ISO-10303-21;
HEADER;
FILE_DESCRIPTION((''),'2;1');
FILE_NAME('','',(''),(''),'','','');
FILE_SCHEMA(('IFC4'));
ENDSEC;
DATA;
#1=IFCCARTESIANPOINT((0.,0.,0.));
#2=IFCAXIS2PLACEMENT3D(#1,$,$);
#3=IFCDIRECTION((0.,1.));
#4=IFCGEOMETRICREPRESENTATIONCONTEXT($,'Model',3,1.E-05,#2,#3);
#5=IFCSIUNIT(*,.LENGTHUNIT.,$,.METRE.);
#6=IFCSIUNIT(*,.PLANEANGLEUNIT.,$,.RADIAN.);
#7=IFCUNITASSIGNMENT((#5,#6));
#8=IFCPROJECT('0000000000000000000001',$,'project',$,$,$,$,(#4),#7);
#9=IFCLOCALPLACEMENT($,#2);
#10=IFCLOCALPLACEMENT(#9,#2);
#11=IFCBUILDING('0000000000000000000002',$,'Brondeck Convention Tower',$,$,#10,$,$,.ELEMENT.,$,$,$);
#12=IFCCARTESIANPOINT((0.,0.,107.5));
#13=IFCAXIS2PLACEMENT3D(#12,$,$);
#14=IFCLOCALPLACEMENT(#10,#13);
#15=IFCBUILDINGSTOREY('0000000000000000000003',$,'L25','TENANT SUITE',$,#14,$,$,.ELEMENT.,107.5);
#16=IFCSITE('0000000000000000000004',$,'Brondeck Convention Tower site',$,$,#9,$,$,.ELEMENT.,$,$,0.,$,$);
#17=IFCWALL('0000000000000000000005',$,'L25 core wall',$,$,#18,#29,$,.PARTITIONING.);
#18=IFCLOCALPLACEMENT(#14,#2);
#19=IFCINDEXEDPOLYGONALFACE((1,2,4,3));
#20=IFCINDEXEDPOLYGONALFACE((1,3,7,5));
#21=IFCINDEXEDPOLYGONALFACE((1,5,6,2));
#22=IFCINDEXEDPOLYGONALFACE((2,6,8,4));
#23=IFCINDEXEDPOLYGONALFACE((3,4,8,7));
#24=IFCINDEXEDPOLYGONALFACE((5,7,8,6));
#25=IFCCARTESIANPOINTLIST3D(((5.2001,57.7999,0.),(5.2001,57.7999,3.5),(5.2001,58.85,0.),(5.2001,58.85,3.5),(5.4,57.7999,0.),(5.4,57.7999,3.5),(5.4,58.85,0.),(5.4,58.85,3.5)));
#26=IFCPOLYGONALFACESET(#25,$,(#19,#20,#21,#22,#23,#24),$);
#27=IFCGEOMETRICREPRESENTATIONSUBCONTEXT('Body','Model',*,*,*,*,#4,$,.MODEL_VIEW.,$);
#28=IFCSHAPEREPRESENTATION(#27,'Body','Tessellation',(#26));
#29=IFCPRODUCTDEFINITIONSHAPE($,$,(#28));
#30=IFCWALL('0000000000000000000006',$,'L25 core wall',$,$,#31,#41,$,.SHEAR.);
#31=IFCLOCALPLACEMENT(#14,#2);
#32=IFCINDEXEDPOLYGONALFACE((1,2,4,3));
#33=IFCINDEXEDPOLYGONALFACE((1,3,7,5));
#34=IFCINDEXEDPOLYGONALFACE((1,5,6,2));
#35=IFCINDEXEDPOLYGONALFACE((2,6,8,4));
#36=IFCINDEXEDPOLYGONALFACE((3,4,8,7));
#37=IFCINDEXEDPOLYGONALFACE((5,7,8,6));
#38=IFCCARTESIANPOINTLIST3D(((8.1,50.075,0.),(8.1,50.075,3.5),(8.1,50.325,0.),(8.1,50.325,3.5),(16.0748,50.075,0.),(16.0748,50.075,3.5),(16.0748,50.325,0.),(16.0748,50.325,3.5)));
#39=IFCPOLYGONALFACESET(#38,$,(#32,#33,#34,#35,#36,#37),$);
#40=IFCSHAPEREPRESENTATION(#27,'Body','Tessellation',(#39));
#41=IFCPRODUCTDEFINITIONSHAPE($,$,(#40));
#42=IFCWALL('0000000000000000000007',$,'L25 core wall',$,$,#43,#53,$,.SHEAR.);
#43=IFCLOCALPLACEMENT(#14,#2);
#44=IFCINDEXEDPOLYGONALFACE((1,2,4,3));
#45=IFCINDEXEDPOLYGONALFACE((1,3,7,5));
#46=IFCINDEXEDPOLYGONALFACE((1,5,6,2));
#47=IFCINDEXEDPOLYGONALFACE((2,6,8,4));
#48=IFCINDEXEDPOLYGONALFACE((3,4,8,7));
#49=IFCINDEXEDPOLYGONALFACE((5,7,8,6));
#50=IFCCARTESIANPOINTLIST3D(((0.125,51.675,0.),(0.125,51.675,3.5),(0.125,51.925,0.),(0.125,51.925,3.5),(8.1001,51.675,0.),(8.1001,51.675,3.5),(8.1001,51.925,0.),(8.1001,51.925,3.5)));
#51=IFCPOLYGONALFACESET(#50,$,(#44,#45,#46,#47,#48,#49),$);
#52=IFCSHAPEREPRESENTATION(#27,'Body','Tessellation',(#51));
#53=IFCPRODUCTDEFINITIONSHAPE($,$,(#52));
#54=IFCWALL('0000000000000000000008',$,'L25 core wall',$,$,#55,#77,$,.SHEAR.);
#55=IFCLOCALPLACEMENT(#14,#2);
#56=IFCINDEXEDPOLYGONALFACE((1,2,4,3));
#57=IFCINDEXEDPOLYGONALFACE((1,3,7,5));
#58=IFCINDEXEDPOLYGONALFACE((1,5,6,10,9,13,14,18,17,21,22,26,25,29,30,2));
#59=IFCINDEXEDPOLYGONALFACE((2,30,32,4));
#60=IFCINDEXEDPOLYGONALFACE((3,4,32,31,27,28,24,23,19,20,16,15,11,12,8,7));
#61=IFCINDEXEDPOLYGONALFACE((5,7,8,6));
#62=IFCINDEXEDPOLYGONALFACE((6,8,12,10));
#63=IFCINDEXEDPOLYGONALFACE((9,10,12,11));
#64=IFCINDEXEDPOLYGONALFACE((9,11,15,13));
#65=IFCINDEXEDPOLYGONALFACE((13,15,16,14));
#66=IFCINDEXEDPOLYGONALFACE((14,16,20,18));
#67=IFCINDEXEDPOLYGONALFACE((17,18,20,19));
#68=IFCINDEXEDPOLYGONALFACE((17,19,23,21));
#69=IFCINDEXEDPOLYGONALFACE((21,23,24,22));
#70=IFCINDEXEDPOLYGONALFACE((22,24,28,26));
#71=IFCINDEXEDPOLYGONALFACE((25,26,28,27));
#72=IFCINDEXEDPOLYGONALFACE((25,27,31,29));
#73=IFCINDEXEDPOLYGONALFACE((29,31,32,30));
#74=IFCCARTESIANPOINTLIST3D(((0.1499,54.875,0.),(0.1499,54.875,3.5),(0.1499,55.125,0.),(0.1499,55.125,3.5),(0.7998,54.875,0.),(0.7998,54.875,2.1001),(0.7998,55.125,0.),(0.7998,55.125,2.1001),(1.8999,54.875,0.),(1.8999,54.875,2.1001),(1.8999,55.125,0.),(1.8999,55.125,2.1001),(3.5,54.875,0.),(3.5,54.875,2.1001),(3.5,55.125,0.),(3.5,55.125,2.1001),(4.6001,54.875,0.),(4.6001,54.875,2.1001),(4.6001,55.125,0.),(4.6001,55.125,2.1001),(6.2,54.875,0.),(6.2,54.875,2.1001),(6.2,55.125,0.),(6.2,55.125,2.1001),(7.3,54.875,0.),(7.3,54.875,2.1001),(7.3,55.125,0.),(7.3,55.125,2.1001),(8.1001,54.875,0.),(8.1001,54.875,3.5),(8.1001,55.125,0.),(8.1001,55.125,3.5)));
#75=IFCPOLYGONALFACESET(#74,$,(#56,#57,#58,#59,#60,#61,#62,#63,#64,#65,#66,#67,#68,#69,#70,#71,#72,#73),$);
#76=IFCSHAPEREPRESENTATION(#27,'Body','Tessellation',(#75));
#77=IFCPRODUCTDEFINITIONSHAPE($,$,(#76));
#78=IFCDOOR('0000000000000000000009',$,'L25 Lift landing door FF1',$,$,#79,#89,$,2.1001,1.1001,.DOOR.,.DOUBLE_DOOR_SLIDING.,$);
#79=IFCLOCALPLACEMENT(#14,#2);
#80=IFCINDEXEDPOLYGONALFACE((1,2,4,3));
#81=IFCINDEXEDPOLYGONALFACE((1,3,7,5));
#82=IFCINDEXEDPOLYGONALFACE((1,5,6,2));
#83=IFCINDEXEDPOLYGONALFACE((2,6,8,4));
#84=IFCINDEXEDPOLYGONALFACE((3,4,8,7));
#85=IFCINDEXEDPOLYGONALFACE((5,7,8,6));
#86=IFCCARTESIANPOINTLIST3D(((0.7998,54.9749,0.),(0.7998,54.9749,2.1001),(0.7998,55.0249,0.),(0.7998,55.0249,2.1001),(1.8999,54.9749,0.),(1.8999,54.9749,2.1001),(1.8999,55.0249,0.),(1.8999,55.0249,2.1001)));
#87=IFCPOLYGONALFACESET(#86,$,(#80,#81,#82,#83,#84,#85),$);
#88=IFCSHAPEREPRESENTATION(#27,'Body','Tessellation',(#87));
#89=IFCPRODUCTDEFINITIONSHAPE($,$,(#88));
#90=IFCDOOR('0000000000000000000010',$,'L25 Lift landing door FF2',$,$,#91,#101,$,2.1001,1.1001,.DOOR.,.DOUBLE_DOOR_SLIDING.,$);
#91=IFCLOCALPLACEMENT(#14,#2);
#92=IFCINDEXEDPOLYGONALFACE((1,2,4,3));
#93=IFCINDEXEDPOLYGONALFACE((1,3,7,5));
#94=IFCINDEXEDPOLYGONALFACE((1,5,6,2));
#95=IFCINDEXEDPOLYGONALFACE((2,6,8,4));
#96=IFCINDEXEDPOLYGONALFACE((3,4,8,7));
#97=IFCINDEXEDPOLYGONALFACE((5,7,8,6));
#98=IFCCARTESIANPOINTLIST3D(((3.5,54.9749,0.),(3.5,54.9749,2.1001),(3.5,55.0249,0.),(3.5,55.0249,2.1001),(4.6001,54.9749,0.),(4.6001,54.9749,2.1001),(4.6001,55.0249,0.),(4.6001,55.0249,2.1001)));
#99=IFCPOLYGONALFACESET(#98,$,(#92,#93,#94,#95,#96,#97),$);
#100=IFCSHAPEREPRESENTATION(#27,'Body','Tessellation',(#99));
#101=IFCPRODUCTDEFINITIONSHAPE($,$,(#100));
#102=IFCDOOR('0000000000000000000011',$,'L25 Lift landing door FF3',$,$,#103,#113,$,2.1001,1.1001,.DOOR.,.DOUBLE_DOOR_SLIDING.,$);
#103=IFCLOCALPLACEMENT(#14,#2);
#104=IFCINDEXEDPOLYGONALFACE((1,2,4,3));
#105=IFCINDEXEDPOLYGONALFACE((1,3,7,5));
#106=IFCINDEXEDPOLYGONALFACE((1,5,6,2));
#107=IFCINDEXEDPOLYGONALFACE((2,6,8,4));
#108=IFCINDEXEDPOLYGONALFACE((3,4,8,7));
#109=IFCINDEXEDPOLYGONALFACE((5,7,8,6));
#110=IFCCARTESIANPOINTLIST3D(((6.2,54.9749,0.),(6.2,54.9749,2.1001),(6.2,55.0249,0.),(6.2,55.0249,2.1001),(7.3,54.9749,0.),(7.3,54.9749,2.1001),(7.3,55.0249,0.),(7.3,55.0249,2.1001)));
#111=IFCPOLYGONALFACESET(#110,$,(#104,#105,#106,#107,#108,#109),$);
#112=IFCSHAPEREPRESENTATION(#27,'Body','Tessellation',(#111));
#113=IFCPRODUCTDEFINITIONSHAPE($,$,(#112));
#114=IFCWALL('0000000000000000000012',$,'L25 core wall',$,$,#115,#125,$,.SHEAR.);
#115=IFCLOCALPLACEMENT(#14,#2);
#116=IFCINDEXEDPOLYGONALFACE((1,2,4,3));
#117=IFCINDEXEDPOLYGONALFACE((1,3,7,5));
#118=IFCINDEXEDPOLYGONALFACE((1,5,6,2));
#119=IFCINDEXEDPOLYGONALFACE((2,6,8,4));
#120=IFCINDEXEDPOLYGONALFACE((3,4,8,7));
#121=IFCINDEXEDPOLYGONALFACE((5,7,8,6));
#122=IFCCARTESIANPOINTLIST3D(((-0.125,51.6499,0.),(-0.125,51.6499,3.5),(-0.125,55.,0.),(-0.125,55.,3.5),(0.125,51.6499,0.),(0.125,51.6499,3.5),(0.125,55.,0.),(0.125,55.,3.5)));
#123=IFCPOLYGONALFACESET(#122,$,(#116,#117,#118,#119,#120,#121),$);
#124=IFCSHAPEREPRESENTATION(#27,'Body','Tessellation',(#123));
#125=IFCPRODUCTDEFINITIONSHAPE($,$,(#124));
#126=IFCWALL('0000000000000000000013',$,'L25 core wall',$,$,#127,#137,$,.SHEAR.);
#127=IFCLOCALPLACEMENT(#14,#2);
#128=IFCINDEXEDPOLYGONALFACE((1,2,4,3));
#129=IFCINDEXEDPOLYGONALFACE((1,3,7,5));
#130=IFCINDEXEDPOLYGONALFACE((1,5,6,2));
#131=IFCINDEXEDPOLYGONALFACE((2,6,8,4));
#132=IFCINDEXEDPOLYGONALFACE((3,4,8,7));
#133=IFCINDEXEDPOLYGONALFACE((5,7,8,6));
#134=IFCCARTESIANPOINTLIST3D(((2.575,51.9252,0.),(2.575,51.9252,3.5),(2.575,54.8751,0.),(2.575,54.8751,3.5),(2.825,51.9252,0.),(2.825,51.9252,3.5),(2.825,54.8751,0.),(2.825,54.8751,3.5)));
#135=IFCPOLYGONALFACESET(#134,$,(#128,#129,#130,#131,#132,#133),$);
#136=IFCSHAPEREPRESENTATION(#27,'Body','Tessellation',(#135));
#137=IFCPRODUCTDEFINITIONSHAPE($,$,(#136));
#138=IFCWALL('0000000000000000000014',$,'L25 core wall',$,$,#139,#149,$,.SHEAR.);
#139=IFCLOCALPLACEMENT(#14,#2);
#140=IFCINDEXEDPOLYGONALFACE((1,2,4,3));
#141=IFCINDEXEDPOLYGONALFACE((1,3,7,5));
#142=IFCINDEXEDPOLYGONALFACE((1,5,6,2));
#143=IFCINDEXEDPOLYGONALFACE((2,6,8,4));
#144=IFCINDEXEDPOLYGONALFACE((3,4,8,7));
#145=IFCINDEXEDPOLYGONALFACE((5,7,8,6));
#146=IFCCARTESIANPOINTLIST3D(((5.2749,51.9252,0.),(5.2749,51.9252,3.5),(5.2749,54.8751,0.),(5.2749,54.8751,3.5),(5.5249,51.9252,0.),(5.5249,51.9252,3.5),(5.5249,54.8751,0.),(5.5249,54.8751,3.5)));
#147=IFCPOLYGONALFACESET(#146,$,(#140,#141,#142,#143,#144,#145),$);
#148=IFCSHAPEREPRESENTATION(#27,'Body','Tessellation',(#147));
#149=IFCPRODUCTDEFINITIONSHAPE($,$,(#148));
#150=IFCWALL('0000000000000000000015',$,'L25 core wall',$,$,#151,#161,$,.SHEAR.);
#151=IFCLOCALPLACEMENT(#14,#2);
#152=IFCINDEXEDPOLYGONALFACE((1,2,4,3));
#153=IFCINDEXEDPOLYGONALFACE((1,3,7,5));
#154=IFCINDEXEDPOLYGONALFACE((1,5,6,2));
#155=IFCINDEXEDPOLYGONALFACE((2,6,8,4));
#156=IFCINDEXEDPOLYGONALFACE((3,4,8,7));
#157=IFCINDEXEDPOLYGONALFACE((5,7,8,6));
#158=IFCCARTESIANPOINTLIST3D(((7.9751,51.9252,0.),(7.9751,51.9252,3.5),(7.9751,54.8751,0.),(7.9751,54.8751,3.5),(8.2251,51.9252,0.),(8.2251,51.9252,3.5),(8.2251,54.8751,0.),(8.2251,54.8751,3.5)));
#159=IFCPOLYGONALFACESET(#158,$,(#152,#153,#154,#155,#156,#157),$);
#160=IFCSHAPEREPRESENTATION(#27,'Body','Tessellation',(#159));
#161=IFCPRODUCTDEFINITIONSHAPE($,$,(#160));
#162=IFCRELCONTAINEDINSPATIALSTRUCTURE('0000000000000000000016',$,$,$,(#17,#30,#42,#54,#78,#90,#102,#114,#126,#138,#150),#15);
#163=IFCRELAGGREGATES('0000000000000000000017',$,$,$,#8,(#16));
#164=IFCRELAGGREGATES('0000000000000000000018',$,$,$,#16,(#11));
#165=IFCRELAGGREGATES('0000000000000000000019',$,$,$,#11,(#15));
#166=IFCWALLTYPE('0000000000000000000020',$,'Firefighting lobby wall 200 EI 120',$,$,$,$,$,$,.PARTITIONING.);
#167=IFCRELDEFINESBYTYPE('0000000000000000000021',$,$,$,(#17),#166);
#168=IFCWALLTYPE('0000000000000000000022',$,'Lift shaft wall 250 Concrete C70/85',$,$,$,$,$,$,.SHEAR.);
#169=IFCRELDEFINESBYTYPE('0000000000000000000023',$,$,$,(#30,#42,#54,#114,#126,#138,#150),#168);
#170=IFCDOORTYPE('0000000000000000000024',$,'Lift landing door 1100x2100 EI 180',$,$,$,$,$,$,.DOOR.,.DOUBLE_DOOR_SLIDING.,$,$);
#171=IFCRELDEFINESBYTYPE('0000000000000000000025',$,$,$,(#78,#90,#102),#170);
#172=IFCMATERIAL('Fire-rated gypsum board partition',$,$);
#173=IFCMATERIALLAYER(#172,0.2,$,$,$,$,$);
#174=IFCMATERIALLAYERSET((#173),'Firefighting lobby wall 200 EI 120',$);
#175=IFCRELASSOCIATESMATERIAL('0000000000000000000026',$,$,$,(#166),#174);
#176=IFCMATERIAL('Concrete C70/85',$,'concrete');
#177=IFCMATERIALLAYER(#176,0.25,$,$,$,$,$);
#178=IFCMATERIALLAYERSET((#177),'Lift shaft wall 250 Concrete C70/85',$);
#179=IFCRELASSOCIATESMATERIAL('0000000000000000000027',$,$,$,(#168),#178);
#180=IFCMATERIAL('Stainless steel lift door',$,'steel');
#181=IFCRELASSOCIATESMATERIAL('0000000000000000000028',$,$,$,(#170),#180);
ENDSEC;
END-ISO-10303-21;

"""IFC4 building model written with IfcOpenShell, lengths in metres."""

from ifc_helpers import new_model, si_unit, direction, frame, frame_2d, origin, place, context, subcontext, project, spatial, rectangle, extrude, material, layer, layer_set, type_object, element, fill, save


model = new_model("IFC4")

# Units and contexts
model_context = context("Model", 3, precision=1e-05, world=origin(), true_north=direction((0.0, 1.0)))
body_context = subcontext(model_context, "Body", "Model", "MODEL_VIEW")
ifc_project = project(units=[si_unit("LENGTHUNIT", "METRE"), si_unit("PLANEANGLEUNIT", "RADIAN")], contexts=[model_context])

# Site, building, storey
site_placement = place(None, origin())
site = spatial("IfcSite", under=ifc_project, at=site_placement, Name="Brondeck Convention Tower site", CompositionType="ELEMENT", RefElevation=0.0)
building_placement = place(site_placement, origin())
building = spatial("IfcBuilding", under=site, at=building_placement, Name="Brondeck Convention Tower", CompositionType="ELEMENT")
storey_placement = place(building_placement, frame((0.0, 0.0, 107.5)))
storey = spatial("IfcBuildingStorey", under=building, at=storey_placement, Name="L25", Description="TENANT SUITE", CompositionType="ELEMENT", Elevation=107.5)

# Shared definitions
ifc_material_1 = material(Name="Concrete C70/85", Category="concrete")

# Walls
ifc_material_2 = material(Name="Fire-rated gypsum board partition")
ifc_layer_1 = layer(ifc_material_2, 0.2)
ifc_layer_set_1 = layer_set([ifc_layer_1], Name="Firefighting lobby wall 200 EI 120")
wall_type_1 = type_object("IfcWallType", Name="Firefighting lobby wall 200 EI 120", PredefinedType="PARTITIONING", material=ifc_layer_set_1)
wall_1_placement = place(storey_placement, frame((5.3, 57.8, 0.0), z_axis=(0.0, 0.0, 1.0), x_axis=(0.0, 1.0, 0.0)))
element("IfcWall", 1, at=wall_1_placement, inside=storey, type_object=wall_type_1, Name="L25 core wall", PredefinedType="PARTITIONING", context=body_context, shape_type="SweptSolid", body=[
    extrude(rectangle(XDim=1.05, YDim=0.2, at=frame_2d((0.5249, 0.0))), origin(), (0.0, 0.0, 1.0), 3.5),
])
ifc_layer_2 = layer(ifc_material_1, 0.25)
ifc_layer_set_2 = layer_set([ifc_layer_2], Name="Lift shaft wall 250 Concrete C70/85")
wall_type_2 = type_object("IfcWallType", Name="Lift shaft wall 250 Concrete C70/85", PredefinedType="SHEAR", material=ifc_layer_set_2)
wall_2_placement = place(storey_placement, frame((8.1001, 50.2, 0.0), z_axis=(0.0, 0.0, 1.0), x_axis=(1.0, 0.0, 0.0)))
element("IfcWall", 2, at=wall_2_placement, inside=storey, type_object=wall_type_2, Name="L25 core wall", PredefinedType="SHEAR", context=body_context, shape_type="SweptSolid", body=[
    extrude(rectangle(XDim=7.9749, YDim=0.25, at=frame_2d((3.9873, 0.0))), origin(), (0.0, 0.0, 1.0), 3.5),
])
wall_3_placement = place(storey_placement, frame((0.125, 51.8, 0.0), z_axis=(0.0, 0.0, 1.0), x_axis=(1.0, 0.0, 0.0)))
element("IfcWall", 3, at=wall_3_placement, inside=storey, type_object=wall_type_2, Name="L25 core wall", PredefinedType="SHEAR", context=body_context, shape_type="SweptSolid", body=[
    extrude(rectangle(XDim=7.9751, YDim=0.25, at=frame_2d((3.9875, 0.0))), origin(), (0.0, 0.0, 1.0), 3.5),
])

# Wall, openings, doors
wall_4_placement = place(storey_placement, frame((0.1499, 55.0, 0.0), z_axis=(0.0, 0.0, 1.0), x_axis=(1.0, 0.0, 0.0)))
wall_4 = element("IfcWall", 4, at=wall_4_placement, inside=storey, type_object=wall_type_2, Name="L25 core wall", PredefinedType="SHEAR", context=body_context, shape_type="SweptSolid", body=[
    extrude(rectangle(XDim=7.9502, YDim=0.25, at=frame_2d((3.9751, 0.0))), origin(), (0.0, 0.0, 1.0), 3.5),
])
opening_1_placement = place(wall_4_placement, frame((0.6499, 0.0, 0.0)))
opening_1 = element("IfcOpeningElement", 5, at=opening_1_placement, cuts=wall_4, PredefinedType="OPENING", context=body_context, shape_type="SweptSolid", body=[
    extrude(rectangle(XDim=1.1001, YDim=2.1001, at=frame_2d((0.55, 1.05))), frame((0.0, 0.135, 0.0), z_axis=(0.0, -1.0, 0.0), x_axis=(1.0, 0.0, 0.0)), (0.0, 0.0, 1.0), 0.27),
])
opening_2_placement = place(wall_4_placement, frame((3.3501, 0.0, 0.0)))
opening_2 = element("IfcOpeningElement", 6, at=opening_2_placement, cuts=wall_4, PredefinedType="OPENING", context=body_context, shape_type="SweptSolid", body=[
    extrude(rectangle(XDim=1.1001, YDim=2.1001, at=frame_2d((0.55, 1.05))), frame((0.0, 0.135, 0.0), z_axis=(0.0, -1.0, 0.0), x_axis=(1.0, 0.0, 0.0)), (0.0, 0.0, 1.0), 0.27),
])
opening_3_placement = place(wall_4_placement, frame((6.05, 0.0, 0.0)))
opening_3 = element("IfcOpeningElement", 7, at=opening_3_placement, cuts=wall_4, PredefinedType="OPENING", context=body_context, shape_type="SweptSolid", body=[
    extrude(rectangle(XDim=1.1001, YDim=2.1001, at=frame_2d((0.55, 1.05))), frame((0.0, 0.135, 0.0), z_axis=(0.0, -1.0, 0.0), x_axis=(1.0, 0.0, 0.0)), (0.0, 0.0, 1.0), 0.27),
])
ifc_material_3 = material(Name="Stainless steel lift door", Category="steel")
door_type_1 = type_object("IfcDoorType", Name="Lift landing door 1100x2100 EI 180", OperationType="DOUBLE_DOOR_SLIDING", PredefinedType="DOOR", material=ifc_material_3)
door_1_placement = place(opening_1_placement, origin())
door_1 = element("IfcDoor", 8, at=door_1_placement, inside=storey, type_object=door_type_1, Name="L25 Lift landing door FF1", OperationType="DOUBLE_DOOR_SLIDING", OverallHeight=2.1001, OverallWidth=1.1001, PredefinedType="DOOR", context=body_context, shape_type="SweptSolid", body=[
    extrude(rectangle(XDim=1.1001, YDim=2.1001, at=frame_2d((0.55, 1.05))), frame((0.0, 0.0249, 0.0), z_axis=(0.0, -1.0, 0.0), x_axis=(1.0, 0.0, 0.0)), (0.0, 0.0, 1.0), 0.05),
])
fill(opening_1, door_1)
door_2_placement = place(opening_2_placement, origin())
door_2 = element("IfcDoor", 9, at=door_2_placement, inside=storey, type_object=door_type_1, Name="L25 Lift landing door FF2", OperationType="DOUBLE_DOOR_SLIDING", OverallHeight=2.1001, OverallWidth=1.1001, PredefinedType="DOOR", context=body_context, shape_type="SweptSolid", body=[
    extrude(rectangle(XDim=1.1001, YDim=2.1001, at=frame_2d((0.55, 1.05))), frame((0.0, 0.0249, 0.0), z_axis=(0.0, -1.0, 0.0), x_axis=(1.0, 0.0, 0.0)), (0.0, 0.0, 1.0), 0.05),
])
fill(opening_2, door_2)
door_3_placement = place(opening_3_placement, origin())
door_3 = element("IfcDoor", 10, at=door_3_placement, inside=storey, type_object=door_type_1, Name="L25 Lift landing door FF3", OperationType="DOUBLE_DOOR_SLIDING", OverallHeight=2.1001, OverallWidth=1.1001, PredefinedType="DOOR", context=body_context, shape_type="SweptSolid", body=[
    extrude(rectangle(XDim=1.1001, YDim=2.1001, at=frame_2d((0.55, 1.05))), frame((0.0, 0.0249, 0.0), z_axis=(0.0, -1.0, 0.0), x_axis=(1.0, 0.0, 0.0)), (0.0, 0.0, 1.0), 0.05),
])
fill(opening_3, door_3)

# Walls
wall_5_placement = place(storey_placement, frame((0.0, 51.6499, 0.0), z_axis=(0.0, 0.0, 1.0), x_axis=(0.0, 1.0, 0.0)))
element("IfcWall", 11, at=wall_5_placement, inside=storey, type_object=wall_type_2, Name="L25 core wall", PredefinedType="SHEAR", context=body_context, shape_type="SweptSolid", body=[
    extrude(rectangle(XDim=3.3501, YDim=0.25, at=frame_2d((1.675, 0.0))), origin(), (0.0, 0.0, 1.0), 3.5),
])
for number, where, z_axis, x_axis, name in (
    (12, (2.7, 51.925, 0.0), (0.0, 0.0, 1.0), (0.0, 1.0, 0.0), "L25 core wall"),
    (13, (5.3999, 51.925, 0.0), (0.0, 0.0, 1.0), (0.0, 1.0, 0.0), "L25 core wall"),
    (14, (8.1001, 51.925, 0.0), (0.0, 0.0, 1.0), (0.0, 1.0, 0.0), "L25 core wall"),
):
    element("IfcWall", number, at=place(storey_placement, frame(where, z_axis=z_axis, x_axis=x_axis)), inside=storey, type_object=wall_type_2, Name=name, PredefinedType="SHEAR", context=body_context, shape_type="SweptSolid", body=[
        extrude(rectangle(XDim=2.95, YDim=0.25, at=frame_2d((1.4751, 0.0))), origin(), (0.0, 0.0, 1.0), 3.5),
    ])

save(model, "model.ifc")
